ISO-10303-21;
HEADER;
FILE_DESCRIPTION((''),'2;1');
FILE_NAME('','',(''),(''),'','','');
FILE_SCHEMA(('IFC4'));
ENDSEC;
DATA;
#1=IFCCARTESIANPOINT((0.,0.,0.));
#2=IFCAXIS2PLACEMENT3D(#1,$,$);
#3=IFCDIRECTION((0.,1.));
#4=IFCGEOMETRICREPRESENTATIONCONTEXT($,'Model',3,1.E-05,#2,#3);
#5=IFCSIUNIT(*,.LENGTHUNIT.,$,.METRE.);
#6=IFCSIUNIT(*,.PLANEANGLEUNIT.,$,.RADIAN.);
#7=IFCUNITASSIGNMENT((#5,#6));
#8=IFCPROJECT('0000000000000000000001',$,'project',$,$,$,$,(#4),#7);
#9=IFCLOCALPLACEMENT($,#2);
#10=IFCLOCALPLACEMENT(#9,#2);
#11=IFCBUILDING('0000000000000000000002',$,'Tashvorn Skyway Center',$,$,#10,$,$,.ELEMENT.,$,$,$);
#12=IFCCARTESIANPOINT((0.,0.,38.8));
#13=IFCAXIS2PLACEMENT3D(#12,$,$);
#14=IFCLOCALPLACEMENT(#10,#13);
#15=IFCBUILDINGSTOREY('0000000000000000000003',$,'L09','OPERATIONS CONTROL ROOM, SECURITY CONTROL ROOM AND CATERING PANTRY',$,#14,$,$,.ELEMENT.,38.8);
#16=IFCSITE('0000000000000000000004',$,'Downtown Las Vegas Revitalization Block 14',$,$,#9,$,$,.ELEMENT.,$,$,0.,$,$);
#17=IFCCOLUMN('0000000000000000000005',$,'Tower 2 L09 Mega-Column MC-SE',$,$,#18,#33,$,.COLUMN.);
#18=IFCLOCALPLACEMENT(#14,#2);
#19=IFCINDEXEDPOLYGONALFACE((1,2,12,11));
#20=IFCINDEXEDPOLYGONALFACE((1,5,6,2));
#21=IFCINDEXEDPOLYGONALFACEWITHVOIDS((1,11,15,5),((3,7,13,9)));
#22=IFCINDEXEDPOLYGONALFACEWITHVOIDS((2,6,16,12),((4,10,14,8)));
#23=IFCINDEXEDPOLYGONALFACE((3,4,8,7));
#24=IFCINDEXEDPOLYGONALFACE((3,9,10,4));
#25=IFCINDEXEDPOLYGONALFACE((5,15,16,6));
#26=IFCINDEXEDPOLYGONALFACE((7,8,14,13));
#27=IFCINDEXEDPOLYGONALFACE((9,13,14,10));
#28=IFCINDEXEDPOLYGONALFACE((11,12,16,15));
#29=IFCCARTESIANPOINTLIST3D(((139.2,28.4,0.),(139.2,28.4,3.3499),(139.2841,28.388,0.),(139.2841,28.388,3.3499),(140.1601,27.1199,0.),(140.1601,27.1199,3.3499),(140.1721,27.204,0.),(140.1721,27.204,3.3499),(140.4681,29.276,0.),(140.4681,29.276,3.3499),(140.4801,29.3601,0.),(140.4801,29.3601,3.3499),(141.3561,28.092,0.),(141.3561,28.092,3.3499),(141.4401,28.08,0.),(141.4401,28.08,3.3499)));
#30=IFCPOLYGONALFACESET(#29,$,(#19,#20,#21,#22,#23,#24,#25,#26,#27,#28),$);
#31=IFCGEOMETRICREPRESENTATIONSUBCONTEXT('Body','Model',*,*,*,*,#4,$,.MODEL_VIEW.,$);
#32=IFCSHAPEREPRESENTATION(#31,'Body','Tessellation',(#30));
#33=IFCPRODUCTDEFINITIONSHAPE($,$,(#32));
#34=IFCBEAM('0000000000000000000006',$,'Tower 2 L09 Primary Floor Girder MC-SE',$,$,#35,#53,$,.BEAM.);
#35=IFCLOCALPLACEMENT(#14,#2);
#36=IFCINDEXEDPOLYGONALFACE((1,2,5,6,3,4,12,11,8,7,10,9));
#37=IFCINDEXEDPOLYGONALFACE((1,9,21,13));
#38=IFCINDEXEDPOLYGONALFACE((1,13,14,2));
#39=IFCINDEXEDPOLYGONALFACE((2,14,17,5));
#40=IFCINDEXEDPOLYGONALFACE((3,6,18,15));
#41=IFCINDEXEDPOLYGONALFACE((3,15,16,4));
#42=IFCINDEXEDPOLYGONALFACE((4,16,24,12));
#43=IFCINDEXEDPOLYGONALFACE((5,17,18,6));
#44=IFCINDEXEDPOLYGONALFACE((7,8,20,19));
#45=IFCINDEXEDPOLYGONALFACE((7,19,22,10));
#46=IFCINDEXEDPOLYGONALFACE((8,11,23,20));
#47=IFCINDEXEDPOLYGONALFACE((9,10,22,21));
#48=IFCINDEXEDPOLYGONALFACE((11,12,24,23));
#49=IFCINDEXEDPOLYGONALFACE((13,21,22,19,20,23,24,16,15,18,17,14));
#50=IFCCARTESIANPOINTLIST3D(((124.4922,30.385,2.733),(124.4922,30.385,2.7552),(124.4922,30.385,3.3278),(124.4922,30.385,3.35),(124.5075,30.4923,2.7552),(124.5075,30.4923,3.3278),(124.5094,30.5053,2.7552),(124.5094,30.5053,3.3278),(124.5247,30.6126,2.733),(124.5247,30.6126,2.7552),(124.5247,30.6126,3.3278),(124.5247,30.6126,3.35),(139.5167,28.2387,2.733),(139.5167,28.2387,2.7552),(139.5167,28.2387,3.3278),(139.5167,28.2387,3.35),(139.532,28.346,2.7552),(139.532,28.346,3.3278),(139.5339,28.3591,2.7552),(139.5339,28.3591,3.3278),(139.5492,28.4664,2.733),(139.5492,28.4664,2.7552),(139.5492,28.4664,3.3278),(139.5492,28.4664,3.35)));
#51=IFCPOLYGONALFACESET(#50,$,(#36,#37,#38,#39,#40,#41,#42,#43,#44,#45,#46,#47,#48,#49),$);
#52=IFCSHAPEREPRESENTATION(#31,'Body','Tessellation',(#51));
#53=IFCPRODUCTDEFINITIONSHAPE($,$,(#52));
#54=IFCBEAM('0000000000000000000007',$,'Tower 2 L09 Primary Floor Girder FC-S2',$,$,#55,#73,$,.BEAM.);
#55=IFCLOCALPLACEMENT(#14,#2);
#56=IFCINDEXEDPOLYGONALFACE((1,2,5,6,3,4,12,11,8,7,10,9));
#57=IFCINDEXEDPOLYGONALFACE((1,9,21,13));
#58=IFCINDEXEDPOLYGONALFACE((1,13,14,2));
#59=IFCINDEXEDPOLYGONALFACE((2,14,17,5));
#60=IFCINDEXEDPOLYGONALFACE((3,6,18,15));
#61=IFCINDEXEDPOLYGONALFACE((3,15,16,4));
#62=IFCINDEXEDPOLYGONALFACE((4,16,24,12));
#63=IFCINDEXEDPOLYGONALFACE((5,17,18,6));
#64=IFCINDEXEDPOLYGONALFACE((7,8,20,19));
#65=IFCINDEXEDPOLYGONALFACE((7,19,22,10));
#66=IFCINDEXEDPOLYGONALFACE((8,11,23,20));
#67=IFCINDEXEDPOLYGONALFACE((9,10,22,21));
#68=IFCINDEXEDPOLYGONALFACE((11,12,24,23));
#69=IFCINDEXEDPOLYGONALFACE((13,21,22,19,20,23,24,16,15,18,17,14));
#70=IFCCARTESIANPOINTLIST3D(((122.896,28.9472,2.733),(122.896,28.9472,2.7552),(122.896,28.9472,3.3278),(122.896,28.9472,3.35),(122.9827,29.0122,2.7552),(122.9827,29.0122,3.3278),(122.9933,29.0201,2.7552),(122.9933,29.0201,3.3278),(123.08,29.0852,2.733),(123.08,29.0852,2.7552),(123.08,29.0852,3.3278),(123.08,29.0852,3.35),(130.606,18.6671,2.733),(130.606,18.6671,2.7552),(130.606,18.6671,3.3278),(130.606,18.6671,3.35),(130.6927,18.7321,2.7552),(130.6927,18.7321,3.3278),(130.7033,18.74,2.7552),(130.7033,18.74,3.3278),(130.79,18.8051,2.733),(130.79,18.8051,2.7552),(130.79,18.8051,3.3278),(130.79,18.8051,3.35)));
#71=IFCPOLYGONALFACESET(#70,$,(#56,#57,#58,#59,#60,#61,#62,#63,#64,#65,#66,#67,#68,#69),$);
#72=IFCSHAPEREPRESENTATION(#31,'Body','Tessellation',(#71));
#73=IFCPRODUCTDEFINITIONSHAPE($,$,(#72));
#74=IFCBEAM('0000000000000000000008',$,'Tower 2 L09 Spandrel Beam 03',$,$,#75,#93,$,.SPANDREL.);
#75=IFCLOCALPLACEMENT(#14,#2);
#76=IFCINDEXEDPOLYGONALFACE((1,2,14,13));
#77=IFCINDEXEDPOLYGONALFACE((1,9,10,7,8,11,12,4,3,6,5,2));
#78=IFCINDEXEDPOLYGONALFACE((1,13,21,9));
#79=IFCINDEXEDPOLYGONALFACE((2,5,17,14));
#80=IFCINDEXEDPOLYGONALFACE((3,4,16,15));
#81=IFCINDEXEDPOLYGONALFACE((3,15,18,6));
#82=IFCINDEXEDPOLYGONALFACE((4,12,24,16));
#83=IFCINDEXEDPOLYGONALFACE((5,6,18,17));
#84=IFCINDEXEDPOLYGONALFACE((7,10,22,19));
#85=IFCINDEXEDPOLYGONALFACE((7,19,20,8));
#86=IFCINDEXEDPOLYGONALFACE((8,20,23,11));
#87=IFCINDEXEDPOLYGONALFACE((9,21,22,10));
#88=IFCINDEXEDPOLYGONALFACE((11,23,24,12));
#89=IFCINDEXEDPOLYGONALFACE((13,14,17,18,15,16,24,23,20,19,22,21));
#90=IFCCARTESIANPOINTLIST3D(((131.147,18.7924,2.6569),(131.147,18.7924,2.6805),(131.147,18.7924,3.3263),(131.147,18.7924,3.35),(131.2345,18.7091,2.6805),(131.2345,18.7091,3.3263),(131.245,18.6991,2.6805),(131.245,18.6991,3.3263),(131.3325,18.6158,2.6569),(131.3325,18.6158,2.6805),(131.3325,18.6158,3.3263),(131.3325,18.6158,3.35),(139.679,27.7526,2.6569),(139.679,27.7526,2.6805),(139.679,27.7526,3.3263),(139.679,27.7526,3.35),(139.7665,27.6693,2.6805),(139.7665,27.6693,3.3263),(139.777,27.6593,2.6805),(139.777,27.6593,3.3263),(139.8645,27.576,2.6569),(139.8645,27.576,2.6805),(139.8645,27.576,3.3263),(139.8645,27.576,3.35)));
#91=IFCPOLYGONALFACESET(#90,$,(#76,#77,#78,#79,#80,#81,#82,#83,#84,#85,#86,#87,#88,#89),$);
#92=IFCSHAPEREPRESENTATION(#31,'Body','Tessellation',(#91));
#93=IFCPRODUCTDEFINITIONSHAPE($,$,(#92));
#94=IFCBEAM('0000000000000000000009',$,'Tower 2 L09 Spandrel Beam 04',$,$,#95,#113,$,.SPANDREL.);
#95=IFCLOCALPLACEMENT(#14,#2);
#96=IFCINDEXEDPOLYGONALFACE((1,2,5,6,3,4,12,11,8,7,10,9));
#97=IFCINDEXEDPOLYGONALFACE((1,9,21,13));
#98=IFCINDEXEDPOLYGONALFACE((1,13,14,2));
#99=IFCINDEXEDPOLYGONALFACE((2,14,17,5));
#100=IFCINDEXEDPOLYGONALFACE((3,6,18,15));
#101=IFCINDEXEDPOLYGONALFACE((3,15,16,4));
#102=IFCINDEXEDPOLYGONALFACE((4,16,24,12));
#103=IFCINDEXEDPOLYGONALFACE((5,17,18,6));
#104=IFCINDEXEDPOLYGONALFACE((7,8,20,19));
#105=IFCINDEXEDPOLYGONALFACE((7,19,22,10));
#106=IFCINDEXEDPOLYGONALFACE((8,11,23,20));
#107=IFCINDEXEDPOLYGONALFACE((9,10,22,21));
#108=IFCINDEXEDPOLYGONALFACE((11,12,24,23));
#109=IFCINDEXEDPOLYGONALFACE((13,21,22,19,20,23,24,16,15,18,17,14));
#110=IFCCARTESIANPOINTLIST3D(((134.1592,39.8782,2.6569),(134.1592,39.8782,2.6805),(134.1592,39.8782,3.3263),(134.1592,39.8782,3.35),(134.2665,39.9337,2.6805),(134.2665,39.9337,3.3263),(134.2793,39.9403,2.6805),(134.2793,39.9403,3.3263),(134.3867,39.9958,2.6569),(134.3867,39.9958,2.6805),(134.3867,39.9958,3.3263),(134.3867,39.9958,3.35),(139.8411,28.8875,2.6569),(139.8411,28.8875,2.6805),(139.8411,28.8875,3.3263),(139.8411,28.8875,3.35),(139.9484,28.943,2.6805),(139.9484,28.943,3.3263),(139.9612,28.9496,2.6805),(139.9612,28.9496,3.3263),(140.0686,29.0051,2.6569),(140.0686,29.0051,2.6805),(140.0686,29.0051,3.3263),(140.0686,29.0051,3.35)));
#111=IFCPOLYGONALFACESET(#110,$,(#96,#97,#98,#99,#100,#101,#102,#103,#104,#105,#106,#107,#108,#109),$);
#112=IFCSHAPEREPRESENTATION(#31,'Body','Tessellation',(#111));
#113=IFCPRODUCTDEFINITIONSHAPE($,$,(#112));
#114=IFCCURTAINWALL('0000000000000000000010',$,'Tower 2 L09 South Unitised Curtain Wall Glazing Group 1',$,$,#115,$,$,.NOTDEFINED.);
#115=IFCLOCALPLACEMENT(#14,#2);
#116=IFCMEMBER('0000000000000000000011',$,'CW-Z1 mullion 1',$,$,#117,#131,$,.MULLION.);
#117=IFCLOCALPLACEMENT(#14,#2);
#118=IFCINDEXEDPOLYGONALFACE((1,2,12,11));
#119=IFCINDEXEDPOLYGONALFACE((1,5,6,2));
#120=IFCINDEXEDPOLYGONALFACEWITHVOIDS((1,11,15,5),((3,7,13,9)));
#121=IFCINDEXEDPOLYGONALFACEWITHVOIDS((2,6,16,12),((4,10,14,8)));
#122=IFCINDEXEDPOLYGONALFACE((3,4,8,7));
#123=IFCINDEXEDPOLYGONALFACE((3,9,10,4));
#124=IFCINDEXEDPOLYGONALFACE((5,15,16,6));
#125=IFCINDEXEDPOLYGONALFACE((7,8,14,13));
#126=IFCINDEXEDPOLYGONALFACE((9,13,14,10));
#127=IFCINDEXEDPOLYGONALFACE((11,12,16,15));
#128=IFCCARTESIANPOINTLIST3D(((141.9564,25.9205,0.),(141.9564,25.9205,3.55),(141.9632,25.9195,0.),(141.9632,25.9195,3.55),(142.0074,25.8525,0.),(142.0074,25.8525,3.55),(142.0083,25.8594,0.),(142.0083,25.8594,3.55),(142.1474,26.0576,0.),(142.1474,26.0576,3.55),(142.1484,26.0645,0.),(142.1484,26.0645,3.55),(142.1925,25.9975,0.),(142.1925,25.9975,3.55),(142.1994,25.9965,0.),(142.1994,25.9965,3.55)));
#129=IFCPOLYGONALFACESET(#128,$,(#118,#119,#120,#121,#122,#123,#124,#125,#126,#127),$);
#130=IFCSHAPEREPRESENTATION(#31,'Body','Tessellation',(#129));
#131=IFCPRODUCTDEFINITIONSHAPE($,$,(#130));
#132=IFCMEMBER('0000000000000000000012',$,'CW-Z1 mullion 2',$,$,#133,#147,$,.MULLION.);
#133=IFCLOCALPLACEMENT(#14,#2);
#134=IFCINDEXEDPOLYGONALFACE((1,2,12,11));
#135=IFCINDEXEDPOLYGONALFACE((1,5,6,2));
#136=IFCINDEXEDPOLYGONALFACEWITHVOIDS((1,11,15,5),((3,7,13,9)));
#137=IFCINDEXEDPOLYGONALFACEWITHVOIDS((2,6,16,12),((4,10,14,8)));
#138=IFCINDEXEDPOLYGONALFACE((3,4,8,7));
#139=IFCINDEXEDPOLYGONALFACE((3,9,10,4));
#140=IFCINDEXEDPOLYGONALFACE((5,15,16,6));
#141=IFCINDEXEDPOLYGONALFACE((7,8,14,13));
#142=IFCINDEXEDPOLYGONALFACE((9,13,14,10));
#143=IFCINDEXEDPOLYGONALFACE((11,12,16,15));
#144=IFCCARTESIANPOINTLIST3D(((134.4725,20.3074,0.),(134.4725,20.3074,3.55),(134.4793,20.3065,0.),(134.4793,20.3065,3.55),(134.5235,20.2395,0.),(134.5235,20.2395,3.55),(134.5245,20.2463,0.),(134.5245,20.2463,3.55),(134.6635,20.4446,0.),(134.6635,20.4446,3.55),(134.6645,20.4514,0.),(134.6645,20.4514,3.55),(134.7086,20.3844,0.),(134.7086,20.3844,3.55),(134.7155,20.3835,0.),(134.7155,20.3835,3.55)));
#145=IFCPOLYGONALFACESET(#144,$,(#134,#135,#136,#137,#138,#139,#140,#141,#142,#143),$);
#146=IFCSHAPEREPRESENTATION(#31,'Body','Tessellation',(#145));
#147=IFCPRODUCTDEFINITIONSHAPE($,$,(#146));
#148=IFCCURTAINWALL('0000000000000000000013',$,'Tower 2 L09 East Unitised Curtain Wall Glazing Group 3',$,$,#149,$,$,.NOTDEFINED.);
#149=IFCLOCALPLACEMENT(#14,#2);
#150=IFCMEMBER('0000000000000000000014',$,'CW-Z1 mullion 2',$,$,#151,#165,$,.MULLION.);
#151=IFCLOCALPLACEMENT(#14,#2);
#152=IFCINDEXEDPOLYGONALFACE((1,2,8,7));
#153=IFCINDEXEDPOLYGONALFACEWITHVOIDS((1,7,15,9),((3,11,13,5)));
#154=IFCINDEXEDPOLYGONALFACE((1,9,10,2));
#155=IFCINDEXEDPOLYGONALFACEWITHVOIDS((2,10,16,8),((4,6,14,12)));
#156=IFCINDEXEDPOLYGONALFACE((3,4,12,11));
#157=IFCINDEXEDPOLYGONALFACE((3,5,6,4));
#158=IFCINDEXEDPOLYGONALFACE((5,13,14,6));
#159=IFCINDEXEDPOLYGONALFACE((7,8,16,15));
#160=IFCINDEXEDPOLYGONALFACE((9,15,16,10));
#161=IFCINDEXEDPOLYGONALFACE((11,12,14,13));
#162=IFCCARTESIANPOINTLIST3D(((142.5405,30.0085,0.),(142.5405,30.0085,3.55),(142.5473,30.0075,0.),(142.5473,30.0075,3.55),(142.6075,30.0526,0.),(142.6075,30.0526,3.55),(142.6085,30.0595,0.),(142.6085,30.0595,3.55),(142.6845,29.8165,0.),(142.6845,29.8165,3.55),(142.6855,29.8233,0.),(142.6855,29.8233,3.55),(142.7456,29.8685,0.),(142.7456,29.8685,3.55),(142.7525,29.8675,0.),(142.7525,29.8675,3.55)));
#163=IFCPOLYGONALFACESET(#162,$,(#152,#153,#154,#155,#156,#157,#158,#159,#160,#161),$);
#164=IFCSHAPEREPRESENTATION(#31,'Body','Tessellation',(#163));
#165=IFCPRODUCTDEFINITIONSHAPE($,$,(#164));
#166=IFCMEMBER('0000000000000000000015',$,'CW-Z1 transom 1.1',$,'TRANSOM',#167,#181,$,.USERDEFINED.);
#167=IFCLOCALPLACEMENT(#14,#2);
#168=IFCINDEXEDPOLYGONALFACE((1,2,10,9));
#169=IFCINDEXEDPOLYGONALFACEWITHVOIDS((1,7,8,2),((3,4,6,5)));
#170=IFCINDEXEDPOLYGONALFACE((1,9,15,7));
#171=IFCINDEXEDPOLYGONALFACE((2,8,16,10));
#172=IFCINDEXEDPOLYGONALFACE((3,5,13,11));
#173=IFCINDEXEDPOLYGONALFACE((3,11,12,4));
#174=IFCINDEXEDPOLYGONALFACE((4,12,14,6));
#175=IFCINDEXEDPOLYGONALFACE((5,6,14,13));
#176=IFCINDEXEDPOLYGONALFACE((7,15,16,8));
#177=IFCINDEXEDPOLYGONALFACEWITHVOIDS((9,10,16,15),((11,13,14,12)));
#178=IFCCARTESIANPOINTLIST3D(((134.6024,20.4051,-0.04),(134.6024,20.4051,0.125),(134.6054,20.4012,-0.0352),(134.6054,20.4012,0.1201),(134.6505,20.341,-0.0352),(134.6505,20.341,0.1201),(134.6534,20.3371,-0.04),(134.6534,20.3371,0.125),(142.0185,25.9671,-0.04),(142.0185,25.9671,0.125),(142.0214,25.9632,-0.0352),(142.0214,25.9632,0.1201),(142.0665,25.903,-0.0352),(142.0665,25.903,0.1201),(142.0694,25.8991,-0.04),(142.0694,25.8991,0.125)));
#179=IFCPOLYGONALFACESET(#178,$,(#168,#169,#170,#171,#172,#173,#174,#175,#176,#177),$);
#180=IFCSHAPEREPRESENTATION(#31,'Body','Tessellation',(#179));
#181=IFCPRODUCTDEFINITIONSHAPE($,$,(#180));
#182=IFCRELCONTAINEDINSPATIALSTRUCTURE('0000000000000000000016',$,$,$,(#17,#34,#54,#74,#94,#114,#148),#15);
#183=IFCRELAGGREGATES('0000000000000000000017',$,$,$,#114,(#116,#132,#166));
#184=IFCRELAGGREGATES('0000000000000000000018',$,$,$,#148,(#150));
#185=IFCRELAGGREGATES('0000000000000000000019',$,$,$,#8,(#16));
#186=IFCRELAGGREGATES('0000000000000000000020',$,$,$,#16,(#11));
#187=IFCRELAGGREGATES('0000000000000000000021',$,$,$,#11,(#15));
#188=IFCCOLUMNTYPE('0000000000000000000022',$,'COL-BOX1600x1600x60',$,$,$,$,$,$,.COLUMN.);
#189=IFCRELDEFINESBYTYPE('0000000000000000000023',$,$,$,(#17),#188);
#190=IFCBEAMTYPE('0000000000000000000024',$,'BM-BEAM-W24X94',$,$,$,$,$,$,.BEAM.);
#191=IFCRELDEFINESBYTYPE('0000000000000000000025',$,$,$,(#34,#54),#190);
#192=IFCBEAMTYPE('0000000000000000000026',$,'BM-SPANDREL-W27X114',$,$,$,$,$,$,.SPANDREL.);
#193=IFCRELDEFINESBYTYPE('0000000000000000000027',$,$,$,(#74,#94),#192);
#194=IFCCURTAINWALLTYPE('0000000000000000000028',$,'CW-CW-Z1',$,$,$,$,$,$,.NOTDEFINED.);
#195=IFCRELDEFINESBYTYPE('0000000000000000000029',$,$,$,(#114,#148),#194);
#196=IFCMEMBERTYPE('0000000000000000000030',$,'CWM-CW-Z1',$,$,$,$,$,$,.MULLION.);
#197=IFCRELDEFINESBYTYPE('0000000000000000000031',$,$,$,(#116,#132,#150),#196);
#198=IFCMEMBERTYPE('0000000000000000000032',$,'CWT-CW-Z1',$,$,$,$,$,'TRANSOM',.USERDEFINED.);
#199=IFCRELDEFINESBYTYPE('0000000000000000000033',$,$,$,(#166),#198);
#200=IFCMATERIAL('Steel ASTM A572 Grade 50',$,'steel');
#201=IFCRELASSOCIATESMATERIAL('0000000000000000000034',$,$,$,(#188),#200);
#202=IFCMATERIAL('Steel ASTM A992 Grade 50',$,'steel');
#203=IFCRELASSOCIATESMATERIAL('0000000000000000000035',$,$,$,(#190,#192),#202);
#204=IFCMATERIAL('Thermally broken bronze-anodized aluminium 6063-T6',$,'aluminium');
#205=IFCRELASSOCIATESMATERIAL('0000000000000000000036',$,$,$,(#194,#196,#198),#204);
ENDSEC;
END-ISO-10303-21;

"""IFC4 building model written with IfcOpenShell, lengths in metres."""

from ifc_helpers import new_model, si_unit, direction, frame, origin, origin_2d, place, context, subcontext, project, spatial, hollow_rectangle, i_section, extrude, material, material_profile, profile_set, type_object, element, aggregate, save


model = new_model("IFC4")

# Units and contexts
model_context = context("Model", 3, precision=1e-05, world=origin(), true_north=direction((0.0, 1.0)))
body_context = subcontext(model_context, "Body", "Model", "MODEL_VIEW")
ifc_project = project(units=[si_unit("LENGTHUNIT", "METRE"), si_unit("PLANEANGLEUNIT", "RADIAN")], contexts=[model_context])

# Site, building, storey
site_placement = place(None, origin())
site = spatial("IfcSite", under=ifc_project, at=site_placement, Name="Downtown Las Vegas Revitalization Block 14", CompositionType="ELEMENT", RefElevation=0.0)
building_placement = place(site_placement, origin())
building = spatial("IfcBuilding", under=site, at=building_placement, Name="Tashvorn Skyway Center", CompositionType="ELEMENT")
storey_placement = place(building_placement, frame((0.0, 0.0, 38.8)))
storey = spatial("IfcBuildingStorey", under=building, at=storey_placement, Name="L09", Description="OPERATIONS CONTROL ROOM, SECURITY CONTROL ROOM AND CATERING PANTRY", CompositionType="ELEMENT", Elevation=38.8)

# Column
ifc_material_1 = material(Name="Steel ASTM A572 Grade 50", Category="steel")
ifc_material_profile_1 = material_profile(ifc_material_1, hollow_rectangle(XDim=1.6001, YDim=1.6001, WallThickness=0.0601, at=origin_2d()), Name="BOX1600x1600x60")
ifc_profile_set_1 = profile_set([ifc_material_profile_1], Name="Steel ASTM A572 Grade 50")
column_type = type_object("IfcColumnType", Name="COL-BOX1600x1600x60", PredefinedType="COLUMN", material=ifc_profile_set_1)
column_placement = place(storey_placement, frame((140.3201, 28.24, 0.0), z_axis=(0.0, 0.0, 1.0), x_axis=(0.8, 0.6, 0.0)))
element("IfcColumn", 1, at=column_placement, inside=storey, type_object=column_type, Name="Tower 2 L09 Mega-Column MC-SE", PredefinedType="COLUMN", context=body_context, shape_type="SweptSolid", body=[
    extrude(hollow_rectangle(XDim=1.6001, YDim=1.6001, WallThickness=0.0601, at=origin_2d()), origin(), (0.0, 0.0, 1.0), 3.3499),
])

# Beams
ifc_material_2 = material(Name="Steel ASTM A992 Grade 50", Category="steel")
ifc_material_profile_2 = material_profile(ifc_material_2, i_section(OverallWidth=0.23, OverallDepth=0.6169, WebThickness=0.0132, FlangeThickness=0.0222, at=origin_2d()), Name="W24X94")
ifc_profile_set_2 = profile_set([ifc_material_profile_2], Name="Steel ASTM A992 Grade 50")
beam_type_1 = type_object("IfcBeamType", Name="BM-BEAM-W24X94", PredefinedType="BEAM", material=ifc_profile_set_2)
beam_1_placement = place(storey_placement, frame((139.533, 28.3525, 3.0415), z_axis=(-0.98995, 0.141415, 0.0), x_axis=(-0.141415, -0.98995, 0.0)))
element("IfcBeam", 2, at=beam_1_placement, inside=storey, type_object=beam_type_1, Name="Tower 2 L09 Primary Floor Girder MC-SE", PredefinedType="BEAM", context=body_context, shape_type="SweptSolid", body=[
    extrude(i_section(OverallWidth=0.23, OverallDepth=0.6169, WebThickness=0.0132, FlangeThickness=0.0222, at=origin_2d()), origin(), (0.0, 0.0, 1.0), 15.177),
])
beam_2_placement = place(storey_placement, frame((130.698, 18.7361, 3.0415), z_axis=(-0.599997, 0.800002, 0.0), x_axis=(-0.800002, -0.599997, 0.0)))
element("IfcBeam", 3, at=beam_2_placement, inside=storey, type_object=beam_type_1, Name="Tower 2 L09 Primary Floor Girder FC-S2", PredefinedType="BEAM", context=body_context, shape_type="SweptSolid", body=[
    extrude(i_section(OverallWidth=0.23, OverallDepth=0.6169, WebThickness=0.0132, FlangeThickness=0.0222, at=origin_2d()), origin(), (0.0, 0.0, 1.0), 12.8501),
])
ifc_material_profile_3 = material_profile(ifc_material_2, i_section(OverallWidth=0.2561, OverallDepth=0.6931, WebThickness=0.0144, FlangeThickness=0.0237, at=origin_2d()), Name="W27X114")
ifc_profile_set_3 = profile_set([ifc_material_profile_3], Name="Steel ASTM A992 Grade 50")
beam_type_2 = type_object("IfcBeamType", Name="BM-SPANDREL-W27X114", PredefinedType="SPANDREL", material=ifc_profile_set_3)
for number, where, z_axis, x_axis, name in (
    (4, (131.2397, 18.7041, 3.0034), (0.68959, 0.7242, 0.0), (-0.7242, 0.68959, 0.0), "Tower 2 L09 Spandrel Beam 03"),
    (5, (139.9548, 28.9463, 3.0034), (-0.459233, 0.888316, 0.0), (-0.888316, -0.459233, 0.0), "Tower 2 L09 Spandrel Beam 04"),
):
    element("IfcBeam", number, at=place(storey_placement, frame(where, z_axis=z_axis, x_axis=x_axis)), inside=storey, type_object=beam_type_2, Name=name, PredefinedType="SPANDREL", context=body_context, shape_type="SweptSolid", body=[
        extrude(i_section(OverallWidth=0.2561, OverallDepth=0.6931, WebThickness=0.0144, FlangeThickness=0.0237, at=origin_2d()), origin(), (0.0, 0.0, 1.0), 12.3726),
    ])

# Curtain wall, members
ifc_material_3 = material(Name="Thermally broken bronze-anodized aluminium 6063-T6", Category="aluminium")
curtain_wall_type = type_object("IfcCurtainWallType", Name="CW-CW-Z1", PredefinedType="NOTDEFINED", material=ifc_material_3)
curtain_wall_1_placement = place(storey_placement, origin())
curtain_wall_1 = element("IfcCurtainWall", 6, at=curtain_wall_1_placement, inside=storey, type_object=curtain_wall_type, Name="Tower 2 L09 South Unitised Curtain Wall Glazing Group 1", PredefinedType="NOTDEFINED")
ifc_material_profile_4 = material_profile(ifc_material_3, hollow_rectangle(XDim=0.085, YDim=0.24, WallThickness=0.0049, at=origin_2d()), Name="ALU-MULL-85x240")
ifc_profile_set_4 = profile_set([ifc_material_profile_4], Name="Thermally broken bronze-anodized aluminium 6063-T6")
member_type_1 = type_object("IfcMemberType", Name="CWM-CW-Z1", PredefinedType="MULLION", material=ifc_profile_set_4)
member_1_placement = place(storey_placement, frame((142.0779, 25.9585, 0.0), z_axis=(0.0, 0.0, 1.0), x_axis=(0.6, -0.8, 0.0)))
member_1 = element("IfcMember", 7, at=member_1_placement, type_object=member_type_1, Name="CW-Z1 mullion 1", PredefinedType="MULLION", context=body_context, shape_type="SweptSolid", body=[
    extrude(hollow_rectangle(XDim=0.085, YDim=0.24, WallThickness=0.0049, at=origin_2d()), origin(), (0.0, 0.0, 1.0), 3.55),
])
member_2_placement = place(storey_placement, frame((134.594, 20.3455, 0.0), z_axis=(0.0, 0.0, 1.0), x_axis=(0.6, -0.8, 0.0)))
member_2 = element("IfcMember", 8, at=member_2_placement, type_object=member_type_1, Name="CW-Z1 mullion 2", PredefinedType="MULLION", context=body_context, shape_type="SweptSolid", body=[
    extrude(hollow_rectangle(XDim=0.085, YDim=0.24, WallThickness=0.0049, at=origin_2d()), origin(), (0.0, 0.0, 1.0), 3.55),
])

# Curtain wall, member
curtain_wall_2_placement = place(storey_placement, origin())
curtain_wall_2 = element("IfcCurtainWall", 9, at=curtain_wall_2_placement, inside=storey, type_object=curtain_wall_type, Name="Tower 2 L09 East Unitised Curtain Wall Glazing Group 3", PredefinedType="NOTDEFINED")
member_3_placement = place(storey_placement, frame((142.6465, 29.938, 0.0), z_axis=(0.0, 0.0, 1.0), x_axis=(0.8, 0.6, 0.0)))
member_3 = element("IfcMember", 10, at=member_3_placement, type_object=member_type_1, Name="CW-Z1 mullion 2", PredefinedType="MULLION", context=body_context, shape_type="SweptSolid", body=[
    extrude(hollow_rectangle(XDim=0.085, YDim=0.24, WallThickness=0.0049, at=origin_2d()), origin(), (0.0, 0.0, 1.0), 3.55),
])

# Member
ifc_material_profile_5 = material_profile(ifc_material_3, hollow_rectangle(XDim=0.085, YDim=0.165, WallThickness=0.0049, at=origin_2d()), Name="ALU-TRAN-85x165")
ifc_profile_set_5 = profile_set([ifc_material_profile_5], Name="Thermally broken bronze-anodized aluminium 6063-T6")
member_type_2 = type_object("IfcMemberType", Name="CWT-CW-Z1", ElementType="TRANSOM", PredefinedType="USERDEFINED", material=ifc_profile_set_5)
member_4_placement = place(storey_placement, frame((142.0439, 25.9331, 0.0425), z_axis=(-0.8, -0.6, 0.0), x_axis=(0.6, -0.8, 0.0)))
member_4 = element("IfcMember", 11, at=member_4_placement, type_object=member_type_2, Name="CW-Z1 transom 1.1", ObjectType="TRANSOM", PredefinedType="USERDEFINED", context=body_context, shape_type="SweptSolid", body=[
    extrude(hollow_rectangle(XDim=0.085, YDim=0.165, WallThickness=0.0049, at=origin_2d()), origin(), (0.0, 0.0, 1.0), 9.27),
])

aggregate(curtain_wall_1, [member_1, member_2, member_4])
aggregate(curtain_wall_2, [member_3])

save(model, "model.ifc")
